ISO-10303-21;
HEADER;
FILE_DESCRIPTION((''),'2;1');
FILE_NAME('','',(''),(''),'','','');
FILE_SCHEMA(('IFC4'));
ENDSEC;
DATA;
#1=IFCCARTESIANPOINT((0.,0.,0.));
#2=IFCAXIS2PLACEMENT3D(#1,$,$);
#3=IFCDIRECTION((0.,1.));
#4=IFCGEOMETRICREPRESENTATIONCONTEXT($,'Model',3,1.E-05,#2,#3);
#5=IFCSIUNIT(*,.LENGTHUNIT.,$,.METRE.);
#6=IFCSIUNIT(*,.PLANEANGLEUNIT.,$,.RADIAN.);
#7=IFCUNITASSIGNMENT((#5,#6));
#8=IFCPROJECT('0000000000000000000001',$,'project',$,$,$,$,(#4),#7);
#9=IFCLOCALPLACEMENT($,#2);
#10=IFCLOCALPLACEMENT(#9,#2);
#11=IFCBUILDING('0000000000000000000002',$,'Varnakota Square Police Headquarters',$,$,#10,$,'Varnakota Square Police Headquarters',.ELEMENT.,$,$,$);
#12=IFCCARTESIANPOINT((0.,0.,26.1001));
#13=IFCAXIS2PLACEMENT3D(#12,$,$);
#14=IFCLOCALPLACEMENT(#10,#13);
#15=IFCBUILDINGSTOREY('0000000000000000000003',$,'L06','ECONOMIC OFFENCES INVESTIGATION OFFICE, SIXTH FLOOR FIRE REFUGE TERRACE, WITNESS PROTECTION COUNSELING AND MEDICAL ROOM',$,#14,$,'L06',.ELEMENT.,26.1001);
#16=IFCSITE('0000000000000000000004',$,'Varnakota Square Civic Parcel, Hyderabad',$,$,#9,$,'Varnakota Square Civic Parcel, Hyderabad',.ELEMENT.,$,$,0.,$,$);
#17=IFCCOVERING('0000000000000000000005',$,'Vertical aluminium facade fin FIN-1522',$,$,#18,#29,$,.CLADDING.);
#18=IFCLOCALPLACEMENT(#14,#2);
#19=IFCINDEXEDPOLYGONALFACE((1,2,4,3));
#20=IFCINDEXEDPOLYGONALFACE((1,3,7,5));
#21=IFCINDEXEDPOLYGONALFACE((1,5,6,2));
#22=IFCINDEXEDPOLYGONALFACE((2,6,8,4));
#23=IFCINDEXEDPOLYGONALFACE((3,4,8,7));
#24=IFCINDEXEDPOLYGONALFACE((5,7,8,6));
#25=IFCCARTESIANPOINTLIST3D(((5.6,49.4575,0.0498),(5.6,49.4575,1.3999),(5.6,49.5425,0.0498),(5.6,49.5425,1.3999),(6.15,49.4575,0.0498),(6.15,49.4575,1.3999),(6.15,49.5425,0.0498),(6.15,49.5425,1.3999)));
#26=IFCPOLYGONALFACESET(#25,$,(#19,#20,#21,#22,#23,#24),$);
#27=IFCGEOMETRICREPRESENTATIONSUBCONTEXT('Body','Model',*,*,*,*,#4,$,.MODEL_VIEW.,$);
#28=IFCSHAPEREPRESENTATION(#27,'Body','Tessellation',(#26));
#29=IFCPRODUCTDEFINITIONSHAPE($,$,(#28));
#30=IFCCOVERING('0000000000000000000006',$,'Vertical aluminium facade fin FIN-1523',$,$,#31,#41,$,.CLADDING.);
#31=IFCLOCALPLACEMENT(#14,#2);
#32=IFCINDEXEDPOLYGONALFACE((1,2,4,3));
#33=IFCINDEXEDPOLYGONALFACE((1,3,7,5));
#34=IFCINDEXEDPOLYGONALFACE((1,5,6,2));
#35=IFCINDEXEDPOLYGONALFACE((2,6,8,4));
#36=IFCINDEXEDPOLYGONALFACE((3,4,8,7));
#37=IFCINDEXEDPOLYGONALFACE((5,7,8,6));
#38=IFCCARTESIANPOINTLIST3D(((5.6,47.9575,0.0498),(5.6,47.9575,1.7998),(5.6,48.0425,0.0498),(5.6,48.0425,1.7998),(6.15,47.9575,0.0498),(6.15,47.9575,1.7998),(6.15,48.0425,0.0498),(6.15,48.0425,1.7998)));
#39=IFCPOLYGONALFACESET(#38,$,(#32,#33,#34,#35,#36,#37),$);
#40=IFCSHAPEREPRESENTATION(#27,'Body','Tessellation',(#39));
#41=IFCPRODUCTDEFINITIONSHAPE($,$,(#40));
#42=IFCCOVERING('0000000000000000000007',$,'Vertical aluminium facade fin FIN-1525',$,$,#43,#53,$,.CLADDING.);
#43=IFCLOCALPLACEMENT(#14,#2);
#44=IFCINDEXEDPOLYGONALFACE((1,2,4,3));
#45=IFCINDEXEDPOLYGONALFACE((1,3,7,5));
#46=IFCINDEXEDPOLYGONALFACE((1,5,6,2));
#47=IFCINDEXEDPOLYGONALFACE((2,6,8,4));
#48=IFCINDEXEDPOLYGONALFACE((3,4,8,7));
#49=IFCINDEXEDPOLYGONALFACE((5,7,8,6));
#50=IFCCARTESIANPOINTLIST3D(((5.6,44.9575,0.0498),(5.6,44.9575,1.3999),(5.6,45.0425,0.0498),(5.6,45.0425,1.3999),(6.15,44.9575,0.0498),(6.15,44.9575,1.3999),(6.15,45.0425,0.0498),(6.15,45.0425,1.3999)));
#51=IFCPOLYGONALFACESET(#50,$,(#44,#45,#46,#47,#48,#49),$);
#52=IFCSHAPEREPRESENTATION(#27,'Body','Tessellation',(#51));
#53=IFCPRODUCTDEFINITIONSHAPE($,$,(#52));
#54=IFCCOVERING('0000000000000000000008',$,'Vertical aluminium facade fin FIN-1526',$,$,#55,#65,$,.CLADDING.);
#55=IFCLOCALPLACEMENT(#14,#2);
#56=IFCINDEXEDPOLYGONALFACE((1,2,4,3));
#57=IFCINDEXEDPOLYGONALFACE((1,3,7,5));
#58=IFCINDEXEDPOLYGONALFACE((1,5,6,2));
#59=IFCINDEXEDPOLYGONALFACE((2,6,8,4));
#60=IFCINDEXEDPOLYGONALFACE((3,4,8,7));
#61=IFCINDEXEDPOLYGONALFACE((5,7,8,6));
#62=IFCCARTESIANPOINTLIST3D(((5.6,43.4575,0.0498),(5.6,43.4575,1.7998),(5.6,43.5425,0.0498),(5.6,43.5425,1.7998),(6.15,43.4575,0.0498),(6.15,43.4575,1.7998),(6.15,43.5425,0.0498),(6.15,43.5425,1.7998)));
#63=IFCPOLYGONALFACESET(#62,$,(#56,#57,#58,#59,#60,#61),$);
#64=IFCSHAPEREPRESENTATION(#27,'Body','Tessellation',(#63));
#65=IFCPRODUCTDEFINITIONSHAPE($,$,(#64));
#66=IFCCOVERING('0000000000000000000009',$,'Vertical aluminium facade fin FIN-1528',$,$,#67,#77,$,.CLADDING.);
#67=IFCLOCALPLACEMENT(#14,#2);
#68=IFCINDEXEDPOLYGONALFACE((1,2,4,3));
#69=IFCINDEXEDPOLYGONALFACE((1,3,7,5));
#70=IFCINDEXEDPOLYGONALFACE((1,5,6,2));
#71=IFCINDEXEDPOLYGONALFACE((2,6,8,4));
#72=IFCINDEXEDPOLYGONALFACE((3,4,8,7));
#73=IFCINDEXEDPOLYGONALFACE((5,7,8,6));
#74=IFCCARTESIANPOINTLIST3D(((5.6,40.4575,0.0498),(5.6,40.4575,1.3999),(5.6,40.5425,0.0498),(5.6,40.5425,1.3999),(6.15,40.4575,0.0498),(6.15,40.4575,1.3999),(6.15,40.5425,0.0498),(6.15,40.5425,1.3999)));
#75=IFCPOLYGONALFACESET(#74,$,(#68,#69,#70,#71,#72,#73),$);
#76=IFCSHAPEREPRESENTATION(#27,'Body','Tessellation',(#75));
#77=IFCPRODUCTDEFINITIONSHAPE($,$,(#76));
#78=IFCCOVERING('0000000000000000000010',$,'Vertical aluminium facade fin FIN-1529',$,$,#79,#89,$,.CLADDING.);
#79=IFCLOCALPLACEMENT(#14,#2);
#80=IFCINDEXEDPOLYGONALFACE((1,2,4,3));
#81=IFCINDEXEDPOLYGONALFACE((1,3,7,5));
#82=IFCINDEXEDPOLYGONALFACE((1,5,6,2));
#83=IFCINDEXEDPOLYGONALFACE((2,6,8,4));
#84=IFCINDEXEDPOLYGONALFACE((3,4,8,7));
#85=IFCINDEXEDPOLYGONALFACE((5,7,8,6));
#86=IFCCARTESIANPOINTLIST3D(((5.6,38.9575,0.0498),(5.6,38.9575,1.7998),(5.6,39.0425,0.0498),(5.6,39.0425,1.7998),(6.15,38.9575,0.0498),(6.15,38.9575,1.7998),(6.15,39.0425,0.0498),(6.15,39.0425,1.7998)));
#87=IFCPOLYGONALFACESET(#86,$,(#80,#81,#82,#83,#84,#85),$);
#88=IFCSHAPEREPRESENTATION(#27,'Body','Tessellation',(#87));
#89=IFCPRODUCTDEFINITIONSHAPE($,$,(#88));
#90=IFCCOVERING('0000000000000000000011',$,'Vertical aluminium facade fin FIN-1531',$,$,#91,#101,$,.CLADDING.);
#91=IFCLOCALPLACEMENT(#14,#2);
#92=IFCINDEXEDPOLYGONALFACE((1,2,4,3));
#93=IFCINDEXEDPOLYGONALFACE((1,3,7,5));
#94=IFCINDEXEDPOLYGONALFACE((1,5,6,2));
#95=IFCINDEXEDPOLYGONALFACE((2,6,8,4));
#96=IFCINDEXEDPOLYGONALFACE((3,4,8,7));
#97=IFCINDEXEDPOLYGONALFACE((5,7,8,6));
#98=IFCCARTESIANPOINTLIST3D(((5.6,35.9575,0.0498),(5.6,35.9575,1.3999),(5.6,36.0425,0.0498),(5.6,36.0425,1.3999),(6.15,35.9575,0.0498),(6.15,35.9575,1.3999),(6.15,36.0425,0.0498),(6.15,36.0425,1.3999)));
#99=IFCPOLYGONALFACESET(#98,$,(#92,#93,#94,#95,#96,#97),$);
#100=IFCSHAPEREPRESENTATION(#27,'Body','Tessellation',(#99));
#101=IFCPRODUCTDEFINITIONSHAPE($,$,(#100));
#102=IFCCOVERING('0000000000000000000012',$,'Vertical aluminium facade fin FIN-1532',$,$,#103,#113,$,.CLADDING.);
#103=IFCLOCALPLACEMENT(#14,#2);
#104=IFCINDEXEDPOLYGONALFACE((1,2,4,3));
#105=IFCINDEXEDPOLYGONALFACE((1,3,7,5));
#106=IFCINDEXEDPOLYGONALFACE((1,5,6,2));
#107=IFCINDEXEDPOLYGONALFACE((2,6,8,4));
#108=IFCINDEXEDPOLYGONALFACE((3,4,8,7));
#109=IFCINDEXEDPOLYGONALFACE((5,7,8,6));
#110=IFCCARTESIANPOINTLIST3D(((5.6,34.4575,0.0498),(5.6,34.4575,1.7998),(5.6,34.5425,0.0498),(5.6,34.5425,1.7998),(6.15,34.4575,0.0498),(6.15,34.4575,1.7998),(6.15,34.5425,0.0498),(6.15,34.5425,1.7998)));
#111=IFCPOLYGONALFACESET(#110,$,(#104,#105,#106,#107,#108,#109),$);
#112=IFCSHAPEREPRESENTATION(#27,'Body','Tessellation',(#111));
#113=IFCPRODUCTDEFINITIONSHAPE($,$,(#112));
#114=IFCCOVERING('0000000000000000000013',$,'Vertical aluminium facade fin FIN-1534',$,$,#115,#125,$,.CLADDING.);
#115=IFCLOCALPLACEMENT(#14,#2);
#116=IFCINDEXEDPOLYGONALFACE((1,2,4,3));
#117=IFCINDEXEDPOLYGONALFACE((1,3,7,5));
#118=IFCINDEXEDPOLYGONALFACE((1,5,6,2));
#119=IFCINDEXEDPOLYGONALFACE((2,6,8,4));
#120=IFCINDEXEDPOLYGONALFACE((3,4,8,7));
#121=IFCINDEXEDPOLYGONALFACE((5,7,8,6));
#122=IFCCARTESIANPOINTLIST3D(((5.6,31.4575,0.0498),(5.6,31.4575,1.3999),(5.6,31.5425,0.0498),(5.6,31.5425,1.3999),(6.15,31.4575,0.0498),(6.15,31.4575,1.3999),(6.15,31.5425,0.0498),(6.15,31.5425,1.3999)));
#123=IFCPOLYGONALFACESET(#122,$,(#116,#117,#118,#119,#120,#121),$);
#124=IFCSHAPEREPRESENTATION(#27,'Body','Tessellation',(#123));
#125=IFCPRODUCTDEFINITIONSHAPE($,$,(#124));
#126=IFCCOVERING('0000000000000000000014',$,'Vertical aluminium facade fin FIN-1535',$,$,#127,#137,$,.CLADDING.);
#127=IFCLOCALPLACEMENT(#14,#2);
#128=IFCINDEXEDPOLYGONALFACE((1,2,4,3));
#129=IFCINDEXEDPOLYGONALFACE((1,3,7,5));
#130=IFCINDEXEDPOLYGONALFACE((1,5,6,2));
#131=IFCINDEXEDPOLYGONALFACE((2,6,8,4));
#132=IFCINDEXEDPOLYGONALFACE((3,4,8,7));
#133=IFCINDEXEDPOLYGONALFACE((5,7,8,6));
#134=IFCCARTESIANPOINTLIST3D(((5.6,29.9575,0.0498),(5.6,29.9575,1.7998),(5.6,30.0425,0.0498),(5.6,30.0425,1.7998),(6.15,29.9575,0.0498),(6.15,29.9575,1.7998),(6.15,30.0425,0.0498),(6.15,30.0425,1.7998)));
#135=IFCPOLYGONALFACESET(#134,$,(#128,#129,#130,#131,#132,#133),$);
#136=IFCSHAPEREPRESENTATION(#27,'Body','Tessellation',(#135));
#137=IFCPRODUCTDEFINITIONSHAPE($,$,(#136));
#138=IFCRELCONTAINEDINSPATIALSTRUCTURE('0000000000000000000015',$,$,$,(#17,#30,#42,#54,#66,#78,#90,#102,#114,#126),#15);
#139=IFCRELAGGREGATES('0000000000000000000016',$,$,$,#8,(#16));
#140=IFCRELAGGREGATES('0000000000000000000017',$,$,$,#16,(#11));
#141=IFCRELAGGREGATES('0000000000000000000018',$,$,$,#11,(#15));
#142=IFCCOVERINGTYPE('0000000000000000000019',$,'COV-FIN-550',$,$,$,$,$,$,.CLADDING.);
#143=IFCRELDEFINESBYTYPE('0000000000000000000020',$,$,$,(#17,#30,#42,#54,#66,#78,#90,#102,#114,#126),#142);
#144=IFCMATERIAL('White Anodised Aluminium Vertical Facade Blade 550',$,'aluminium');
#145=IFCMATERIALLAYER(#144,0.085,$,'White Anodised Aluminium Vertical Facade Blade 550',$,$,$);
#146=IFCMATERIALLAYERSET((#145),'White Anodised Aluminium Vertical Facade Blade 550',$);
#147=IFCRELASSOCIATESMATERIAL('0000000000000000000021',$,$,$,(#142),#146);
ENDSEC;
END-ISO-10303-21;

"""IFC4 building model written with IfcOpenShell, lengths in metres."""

from ifc_helpers import new_model, si_unit, direction, frame, origin, origin_2d, place, context, subcontext, project, spatial, rectangle, extrude, material, layer, layer_set, type_object, element, save


model = new_model("IFC4")

# Units and contexts
model_context = context("Model", 3, precision=1e-05, world=origin(), true_north=direction((0.0, 1.0)))
body_context = subcontext(model_context, "Body", "Model", "MODEL_VIEW")
ifc_project = project(units=[si_unit("LENGTHUNIT", "METRE"), si_unit("PLANEANGLEUNIT", "RADIAN")], contexts=[model_context])

# Site, building, storey
site_placement = place(None, origin())
site = spatial("IfcSite", under=ifc_project, at=site_placement, Name="Varnakota Square Civic Parcel, Hyderabad", LongName="Varnakota Square Civic Parcel, Hyderabad", CompositionType="ELEMENT", RefElevation=0.0)
building_placement = place(site_placement, origin())
building = spatial("IfcBuilding", under=site, at=building_placement, Name="Varnakota Square Police Headquarters", LongName="Varnakota Square Police Headquarters", CompositionType="ELEMENT")
storey_placement = place(building_placement, frame((0.0, 0.0, 26.1001)))
storey = spatial("IfcBuildingStorey", under=building, at=storey_placement, Name="L06", Description="ECONOMIC OFFENCES INVESTIGATION OFFICE, SIXTH FLOOR FIRE REFUGE TERRACE, WITNESS PROTECTION COUNSELING AND MEDICAL ROOM", LongName="L06", CompositionType="ELEMENT", Elevation=26.1001)

# Coverings
ifc_material_1 = material(Name="White Anodised Aluminium Vertical Facade Blade 550", Category="aluminium")
ifc_layer_1 = layer(ifc_material_1, 0.085, Name="White Anodised Aluminium Vertical Facade Blade 550")
ifc_layer_set_1 = layer_set([ifc_layer_1], Name="White Anodised Aluminium Vertical Facade Blade 550")
covering_type_1 = type_object("IfcCoveringType", Name="COV-FIN-550", PredefinedType="CLADDING", material=ifc_layer_set_1)
covering_1_placement = place(storey_placement, frame((5.875, 49.5, 0.0498), z_axis=(0.0, 0.0, 1.0), x_axis=(0.0, -1.0, 0.0)))
element("IfcCovering", 1, at=covering_1_placement, inside=storey, type_object=covering_type_1, Name="Vertical aluminium facade fin FIN-1522", PredefinedType="CLADDING", context=body_context, shape_type="SweptSolid", body=[
    extrude(rectangle(XDim=0.085, YDim=0.55, at=origin_2d()), origin(), (0.0, 0.0, 1.0), 1.3501),
])
covering_2_placement = place(storey_placement, frame((5.875, 48.0, 0.0498), z_axis=(0.0, 0.0, 1.0), x_axis=(0.0, -1.0, 0.0)))
element("IfcCovering", 2, at=covering_2_placement, inside=storey, type_object=covering_type_1, Name="Vertical aluminium facade fin FIN-1523", PredefinedType="CLADDING", context=body_context, shape_type="SweptSolid", body=[
    extrude(rectangle(XDim=0.085, YDim=0.55, at=origin_2d()), origin(), (0.0, 0.0, 1.0), 1.75),
])
covering_3_placement = place(storey_placement, frame((5.875, 45.0, 0.0498), z_axis=(0.0, 0.0, 1.0), x_axis=(0.0, -1.0, 0.0)))
element("IfcCovering", 3, at=covering_3_placement, inside=storey, type_object=covering_type_1, Name="Vertical aluminium facade fin FIN-1525", PredefinedType="CLADDING", context=body_context, shape_type="SweptSolid", body=[
    extrude(rectangle(XDim=0.085, YDim=0.55, at=origin_2d()), origin(), (0.0, 0.0, 1.0), 1.3501),
])
covering_4_placement = place(storey_placement, frame((5.875, 43.5, 0.0498), z_axis=(0.0, 0.0, 1.0), x_axis=(0.0, -1.0, 0.0)))
element("IfcCovering", 4, at=covering_4_placement, inside=storey, type_object=covering_type_1, Name="Vertical aluminium facade fin FIN-1526", PredefinedType="CLADDING", context=body_context, shape_type="SweptSolid", body=[
    extrude(rectangle(XDim=0.085, YDim=0.55, at=origin_2d()), origin(), (0.0, 0.0, 1.0), 1.75),
])
covering_5_placement = place(storey_placement, frame((5.875, 40.5, 0.0498), z_axis=(0.0, 0.0, 1.0), x_axis=(0.0, -1.0, 0.0)))
element("IfcCovering", 5, at=covering_5_placement, inside=storey, type_object=covering_type_1, Name="Vertical aluminium facade fin FIN-1528", PredefinedType="CLADDING", context=body_context, shape_type="SweptSolid", body=[
    extrude(rectangle(XDim=0.085, YDim=0.55, at=origin_2d()), origin(), (0.0, 0.0, 1.0), 1.3501),
])
covering_6_placement = place(storey_placement, frame((5.875, 39.0, 0.0498), z_axis=(0.0, 0.0, 1.0), x_axis=(0.0, -1.0, 0.0)))
element("IfcCovering", 6, at=covering_6_placement, inside=storey, type_object=covering_type_1, Name="Vertical aluminium facade fin FIN-1529", PredefinedType="CLADDING", context=body_context, shape_type="SweptSolid", body=[
    extrude(rectangle(XDim=0.085, YDim=0.55, at=origin_2d()), origin(), (0.0, 0.0, 1.0), 1.75),
])
covering_7_placement = place(storey_placement, frame((5.875, 36.0, 0.0498), z_axis=(0.0, 0.0, 1.0), x_axis=(0.0, -1.0, 0.0)))
element("IfcCovering", 7, at=covering_7_placement, inside=storey, type_object=covering_type_1, Name="Vertical aluminium facade fin FIN-1531", PredefinedType="CLADDING", context=body_context, shape_type="SweptSolid", body=[
    extrude(rectangle(XDim=0.085, YDim=0.55, at=origin_2d()), origin(), (0.0, 0.0, 1.0), 1.3501),
])
covering_8_placement = place(storey_placement, frame((5.875, 34.5, 0.0498), z_axis=(0.0, 0.0, 1.0), x_axis=(0.0, -1.0, 0.0)))
element("IfcCovering", 8, at=covering_8_placement, inside=storey, type_object=covering_type_1, Name="Vertical aluminium facade fin FIN-1532", PredefinedType="CLADDING", context=body_context, shape_type="SweptSolid", body=[
    extrude(rectangle(XDim=0.085, YDim=0.55, at=origin_2d()), origin(), (0.0, 0.0, 1.0), 1.75),
])
covering_9_placement = place(storey_placement, frame((5.875, 31.5, 0.0498), z_axis=(0.0, 0.0, 1.0), x_axis=(0.0, -1.0, 0.0)))
element("IfcCovering", 9, at=covering_9_placement, inside=storey, type_object=covering_type_1, Name="Vertical aluminium facade fin FIN-1534", PredefinedType="CLADDING", context=body_context, shape_type="SweptSolid", body=[
    extrude(rectangle(XDim=0.085, YDim=0.55, at=origin_2d()), origin(), (0.0, 0.0, 1.0), 1.3501),
])
covering_10_placement = place(storey_placement, frame((5.875, 30.0, 0.0498), z_axis=(0.0, 0.0, 1.0), x_axis=(0.0, -1.0, 0.0)))
element("IfcCovering", 10, at=covering_10_placement, inside=storey, type_object=covering_type_1, Name="Vertical aluminium facade fin FIN-1535", PredefinedType="CLADDING", context=body_context, shape_type="SweptSolid", body=[
    extrude(rectangle(XDim=0.085, YDim=0.55, at=origin_2d()), origin(), (0.0, 0.0, 1.0), 1.75),
])

save(model, "model.ifc")
